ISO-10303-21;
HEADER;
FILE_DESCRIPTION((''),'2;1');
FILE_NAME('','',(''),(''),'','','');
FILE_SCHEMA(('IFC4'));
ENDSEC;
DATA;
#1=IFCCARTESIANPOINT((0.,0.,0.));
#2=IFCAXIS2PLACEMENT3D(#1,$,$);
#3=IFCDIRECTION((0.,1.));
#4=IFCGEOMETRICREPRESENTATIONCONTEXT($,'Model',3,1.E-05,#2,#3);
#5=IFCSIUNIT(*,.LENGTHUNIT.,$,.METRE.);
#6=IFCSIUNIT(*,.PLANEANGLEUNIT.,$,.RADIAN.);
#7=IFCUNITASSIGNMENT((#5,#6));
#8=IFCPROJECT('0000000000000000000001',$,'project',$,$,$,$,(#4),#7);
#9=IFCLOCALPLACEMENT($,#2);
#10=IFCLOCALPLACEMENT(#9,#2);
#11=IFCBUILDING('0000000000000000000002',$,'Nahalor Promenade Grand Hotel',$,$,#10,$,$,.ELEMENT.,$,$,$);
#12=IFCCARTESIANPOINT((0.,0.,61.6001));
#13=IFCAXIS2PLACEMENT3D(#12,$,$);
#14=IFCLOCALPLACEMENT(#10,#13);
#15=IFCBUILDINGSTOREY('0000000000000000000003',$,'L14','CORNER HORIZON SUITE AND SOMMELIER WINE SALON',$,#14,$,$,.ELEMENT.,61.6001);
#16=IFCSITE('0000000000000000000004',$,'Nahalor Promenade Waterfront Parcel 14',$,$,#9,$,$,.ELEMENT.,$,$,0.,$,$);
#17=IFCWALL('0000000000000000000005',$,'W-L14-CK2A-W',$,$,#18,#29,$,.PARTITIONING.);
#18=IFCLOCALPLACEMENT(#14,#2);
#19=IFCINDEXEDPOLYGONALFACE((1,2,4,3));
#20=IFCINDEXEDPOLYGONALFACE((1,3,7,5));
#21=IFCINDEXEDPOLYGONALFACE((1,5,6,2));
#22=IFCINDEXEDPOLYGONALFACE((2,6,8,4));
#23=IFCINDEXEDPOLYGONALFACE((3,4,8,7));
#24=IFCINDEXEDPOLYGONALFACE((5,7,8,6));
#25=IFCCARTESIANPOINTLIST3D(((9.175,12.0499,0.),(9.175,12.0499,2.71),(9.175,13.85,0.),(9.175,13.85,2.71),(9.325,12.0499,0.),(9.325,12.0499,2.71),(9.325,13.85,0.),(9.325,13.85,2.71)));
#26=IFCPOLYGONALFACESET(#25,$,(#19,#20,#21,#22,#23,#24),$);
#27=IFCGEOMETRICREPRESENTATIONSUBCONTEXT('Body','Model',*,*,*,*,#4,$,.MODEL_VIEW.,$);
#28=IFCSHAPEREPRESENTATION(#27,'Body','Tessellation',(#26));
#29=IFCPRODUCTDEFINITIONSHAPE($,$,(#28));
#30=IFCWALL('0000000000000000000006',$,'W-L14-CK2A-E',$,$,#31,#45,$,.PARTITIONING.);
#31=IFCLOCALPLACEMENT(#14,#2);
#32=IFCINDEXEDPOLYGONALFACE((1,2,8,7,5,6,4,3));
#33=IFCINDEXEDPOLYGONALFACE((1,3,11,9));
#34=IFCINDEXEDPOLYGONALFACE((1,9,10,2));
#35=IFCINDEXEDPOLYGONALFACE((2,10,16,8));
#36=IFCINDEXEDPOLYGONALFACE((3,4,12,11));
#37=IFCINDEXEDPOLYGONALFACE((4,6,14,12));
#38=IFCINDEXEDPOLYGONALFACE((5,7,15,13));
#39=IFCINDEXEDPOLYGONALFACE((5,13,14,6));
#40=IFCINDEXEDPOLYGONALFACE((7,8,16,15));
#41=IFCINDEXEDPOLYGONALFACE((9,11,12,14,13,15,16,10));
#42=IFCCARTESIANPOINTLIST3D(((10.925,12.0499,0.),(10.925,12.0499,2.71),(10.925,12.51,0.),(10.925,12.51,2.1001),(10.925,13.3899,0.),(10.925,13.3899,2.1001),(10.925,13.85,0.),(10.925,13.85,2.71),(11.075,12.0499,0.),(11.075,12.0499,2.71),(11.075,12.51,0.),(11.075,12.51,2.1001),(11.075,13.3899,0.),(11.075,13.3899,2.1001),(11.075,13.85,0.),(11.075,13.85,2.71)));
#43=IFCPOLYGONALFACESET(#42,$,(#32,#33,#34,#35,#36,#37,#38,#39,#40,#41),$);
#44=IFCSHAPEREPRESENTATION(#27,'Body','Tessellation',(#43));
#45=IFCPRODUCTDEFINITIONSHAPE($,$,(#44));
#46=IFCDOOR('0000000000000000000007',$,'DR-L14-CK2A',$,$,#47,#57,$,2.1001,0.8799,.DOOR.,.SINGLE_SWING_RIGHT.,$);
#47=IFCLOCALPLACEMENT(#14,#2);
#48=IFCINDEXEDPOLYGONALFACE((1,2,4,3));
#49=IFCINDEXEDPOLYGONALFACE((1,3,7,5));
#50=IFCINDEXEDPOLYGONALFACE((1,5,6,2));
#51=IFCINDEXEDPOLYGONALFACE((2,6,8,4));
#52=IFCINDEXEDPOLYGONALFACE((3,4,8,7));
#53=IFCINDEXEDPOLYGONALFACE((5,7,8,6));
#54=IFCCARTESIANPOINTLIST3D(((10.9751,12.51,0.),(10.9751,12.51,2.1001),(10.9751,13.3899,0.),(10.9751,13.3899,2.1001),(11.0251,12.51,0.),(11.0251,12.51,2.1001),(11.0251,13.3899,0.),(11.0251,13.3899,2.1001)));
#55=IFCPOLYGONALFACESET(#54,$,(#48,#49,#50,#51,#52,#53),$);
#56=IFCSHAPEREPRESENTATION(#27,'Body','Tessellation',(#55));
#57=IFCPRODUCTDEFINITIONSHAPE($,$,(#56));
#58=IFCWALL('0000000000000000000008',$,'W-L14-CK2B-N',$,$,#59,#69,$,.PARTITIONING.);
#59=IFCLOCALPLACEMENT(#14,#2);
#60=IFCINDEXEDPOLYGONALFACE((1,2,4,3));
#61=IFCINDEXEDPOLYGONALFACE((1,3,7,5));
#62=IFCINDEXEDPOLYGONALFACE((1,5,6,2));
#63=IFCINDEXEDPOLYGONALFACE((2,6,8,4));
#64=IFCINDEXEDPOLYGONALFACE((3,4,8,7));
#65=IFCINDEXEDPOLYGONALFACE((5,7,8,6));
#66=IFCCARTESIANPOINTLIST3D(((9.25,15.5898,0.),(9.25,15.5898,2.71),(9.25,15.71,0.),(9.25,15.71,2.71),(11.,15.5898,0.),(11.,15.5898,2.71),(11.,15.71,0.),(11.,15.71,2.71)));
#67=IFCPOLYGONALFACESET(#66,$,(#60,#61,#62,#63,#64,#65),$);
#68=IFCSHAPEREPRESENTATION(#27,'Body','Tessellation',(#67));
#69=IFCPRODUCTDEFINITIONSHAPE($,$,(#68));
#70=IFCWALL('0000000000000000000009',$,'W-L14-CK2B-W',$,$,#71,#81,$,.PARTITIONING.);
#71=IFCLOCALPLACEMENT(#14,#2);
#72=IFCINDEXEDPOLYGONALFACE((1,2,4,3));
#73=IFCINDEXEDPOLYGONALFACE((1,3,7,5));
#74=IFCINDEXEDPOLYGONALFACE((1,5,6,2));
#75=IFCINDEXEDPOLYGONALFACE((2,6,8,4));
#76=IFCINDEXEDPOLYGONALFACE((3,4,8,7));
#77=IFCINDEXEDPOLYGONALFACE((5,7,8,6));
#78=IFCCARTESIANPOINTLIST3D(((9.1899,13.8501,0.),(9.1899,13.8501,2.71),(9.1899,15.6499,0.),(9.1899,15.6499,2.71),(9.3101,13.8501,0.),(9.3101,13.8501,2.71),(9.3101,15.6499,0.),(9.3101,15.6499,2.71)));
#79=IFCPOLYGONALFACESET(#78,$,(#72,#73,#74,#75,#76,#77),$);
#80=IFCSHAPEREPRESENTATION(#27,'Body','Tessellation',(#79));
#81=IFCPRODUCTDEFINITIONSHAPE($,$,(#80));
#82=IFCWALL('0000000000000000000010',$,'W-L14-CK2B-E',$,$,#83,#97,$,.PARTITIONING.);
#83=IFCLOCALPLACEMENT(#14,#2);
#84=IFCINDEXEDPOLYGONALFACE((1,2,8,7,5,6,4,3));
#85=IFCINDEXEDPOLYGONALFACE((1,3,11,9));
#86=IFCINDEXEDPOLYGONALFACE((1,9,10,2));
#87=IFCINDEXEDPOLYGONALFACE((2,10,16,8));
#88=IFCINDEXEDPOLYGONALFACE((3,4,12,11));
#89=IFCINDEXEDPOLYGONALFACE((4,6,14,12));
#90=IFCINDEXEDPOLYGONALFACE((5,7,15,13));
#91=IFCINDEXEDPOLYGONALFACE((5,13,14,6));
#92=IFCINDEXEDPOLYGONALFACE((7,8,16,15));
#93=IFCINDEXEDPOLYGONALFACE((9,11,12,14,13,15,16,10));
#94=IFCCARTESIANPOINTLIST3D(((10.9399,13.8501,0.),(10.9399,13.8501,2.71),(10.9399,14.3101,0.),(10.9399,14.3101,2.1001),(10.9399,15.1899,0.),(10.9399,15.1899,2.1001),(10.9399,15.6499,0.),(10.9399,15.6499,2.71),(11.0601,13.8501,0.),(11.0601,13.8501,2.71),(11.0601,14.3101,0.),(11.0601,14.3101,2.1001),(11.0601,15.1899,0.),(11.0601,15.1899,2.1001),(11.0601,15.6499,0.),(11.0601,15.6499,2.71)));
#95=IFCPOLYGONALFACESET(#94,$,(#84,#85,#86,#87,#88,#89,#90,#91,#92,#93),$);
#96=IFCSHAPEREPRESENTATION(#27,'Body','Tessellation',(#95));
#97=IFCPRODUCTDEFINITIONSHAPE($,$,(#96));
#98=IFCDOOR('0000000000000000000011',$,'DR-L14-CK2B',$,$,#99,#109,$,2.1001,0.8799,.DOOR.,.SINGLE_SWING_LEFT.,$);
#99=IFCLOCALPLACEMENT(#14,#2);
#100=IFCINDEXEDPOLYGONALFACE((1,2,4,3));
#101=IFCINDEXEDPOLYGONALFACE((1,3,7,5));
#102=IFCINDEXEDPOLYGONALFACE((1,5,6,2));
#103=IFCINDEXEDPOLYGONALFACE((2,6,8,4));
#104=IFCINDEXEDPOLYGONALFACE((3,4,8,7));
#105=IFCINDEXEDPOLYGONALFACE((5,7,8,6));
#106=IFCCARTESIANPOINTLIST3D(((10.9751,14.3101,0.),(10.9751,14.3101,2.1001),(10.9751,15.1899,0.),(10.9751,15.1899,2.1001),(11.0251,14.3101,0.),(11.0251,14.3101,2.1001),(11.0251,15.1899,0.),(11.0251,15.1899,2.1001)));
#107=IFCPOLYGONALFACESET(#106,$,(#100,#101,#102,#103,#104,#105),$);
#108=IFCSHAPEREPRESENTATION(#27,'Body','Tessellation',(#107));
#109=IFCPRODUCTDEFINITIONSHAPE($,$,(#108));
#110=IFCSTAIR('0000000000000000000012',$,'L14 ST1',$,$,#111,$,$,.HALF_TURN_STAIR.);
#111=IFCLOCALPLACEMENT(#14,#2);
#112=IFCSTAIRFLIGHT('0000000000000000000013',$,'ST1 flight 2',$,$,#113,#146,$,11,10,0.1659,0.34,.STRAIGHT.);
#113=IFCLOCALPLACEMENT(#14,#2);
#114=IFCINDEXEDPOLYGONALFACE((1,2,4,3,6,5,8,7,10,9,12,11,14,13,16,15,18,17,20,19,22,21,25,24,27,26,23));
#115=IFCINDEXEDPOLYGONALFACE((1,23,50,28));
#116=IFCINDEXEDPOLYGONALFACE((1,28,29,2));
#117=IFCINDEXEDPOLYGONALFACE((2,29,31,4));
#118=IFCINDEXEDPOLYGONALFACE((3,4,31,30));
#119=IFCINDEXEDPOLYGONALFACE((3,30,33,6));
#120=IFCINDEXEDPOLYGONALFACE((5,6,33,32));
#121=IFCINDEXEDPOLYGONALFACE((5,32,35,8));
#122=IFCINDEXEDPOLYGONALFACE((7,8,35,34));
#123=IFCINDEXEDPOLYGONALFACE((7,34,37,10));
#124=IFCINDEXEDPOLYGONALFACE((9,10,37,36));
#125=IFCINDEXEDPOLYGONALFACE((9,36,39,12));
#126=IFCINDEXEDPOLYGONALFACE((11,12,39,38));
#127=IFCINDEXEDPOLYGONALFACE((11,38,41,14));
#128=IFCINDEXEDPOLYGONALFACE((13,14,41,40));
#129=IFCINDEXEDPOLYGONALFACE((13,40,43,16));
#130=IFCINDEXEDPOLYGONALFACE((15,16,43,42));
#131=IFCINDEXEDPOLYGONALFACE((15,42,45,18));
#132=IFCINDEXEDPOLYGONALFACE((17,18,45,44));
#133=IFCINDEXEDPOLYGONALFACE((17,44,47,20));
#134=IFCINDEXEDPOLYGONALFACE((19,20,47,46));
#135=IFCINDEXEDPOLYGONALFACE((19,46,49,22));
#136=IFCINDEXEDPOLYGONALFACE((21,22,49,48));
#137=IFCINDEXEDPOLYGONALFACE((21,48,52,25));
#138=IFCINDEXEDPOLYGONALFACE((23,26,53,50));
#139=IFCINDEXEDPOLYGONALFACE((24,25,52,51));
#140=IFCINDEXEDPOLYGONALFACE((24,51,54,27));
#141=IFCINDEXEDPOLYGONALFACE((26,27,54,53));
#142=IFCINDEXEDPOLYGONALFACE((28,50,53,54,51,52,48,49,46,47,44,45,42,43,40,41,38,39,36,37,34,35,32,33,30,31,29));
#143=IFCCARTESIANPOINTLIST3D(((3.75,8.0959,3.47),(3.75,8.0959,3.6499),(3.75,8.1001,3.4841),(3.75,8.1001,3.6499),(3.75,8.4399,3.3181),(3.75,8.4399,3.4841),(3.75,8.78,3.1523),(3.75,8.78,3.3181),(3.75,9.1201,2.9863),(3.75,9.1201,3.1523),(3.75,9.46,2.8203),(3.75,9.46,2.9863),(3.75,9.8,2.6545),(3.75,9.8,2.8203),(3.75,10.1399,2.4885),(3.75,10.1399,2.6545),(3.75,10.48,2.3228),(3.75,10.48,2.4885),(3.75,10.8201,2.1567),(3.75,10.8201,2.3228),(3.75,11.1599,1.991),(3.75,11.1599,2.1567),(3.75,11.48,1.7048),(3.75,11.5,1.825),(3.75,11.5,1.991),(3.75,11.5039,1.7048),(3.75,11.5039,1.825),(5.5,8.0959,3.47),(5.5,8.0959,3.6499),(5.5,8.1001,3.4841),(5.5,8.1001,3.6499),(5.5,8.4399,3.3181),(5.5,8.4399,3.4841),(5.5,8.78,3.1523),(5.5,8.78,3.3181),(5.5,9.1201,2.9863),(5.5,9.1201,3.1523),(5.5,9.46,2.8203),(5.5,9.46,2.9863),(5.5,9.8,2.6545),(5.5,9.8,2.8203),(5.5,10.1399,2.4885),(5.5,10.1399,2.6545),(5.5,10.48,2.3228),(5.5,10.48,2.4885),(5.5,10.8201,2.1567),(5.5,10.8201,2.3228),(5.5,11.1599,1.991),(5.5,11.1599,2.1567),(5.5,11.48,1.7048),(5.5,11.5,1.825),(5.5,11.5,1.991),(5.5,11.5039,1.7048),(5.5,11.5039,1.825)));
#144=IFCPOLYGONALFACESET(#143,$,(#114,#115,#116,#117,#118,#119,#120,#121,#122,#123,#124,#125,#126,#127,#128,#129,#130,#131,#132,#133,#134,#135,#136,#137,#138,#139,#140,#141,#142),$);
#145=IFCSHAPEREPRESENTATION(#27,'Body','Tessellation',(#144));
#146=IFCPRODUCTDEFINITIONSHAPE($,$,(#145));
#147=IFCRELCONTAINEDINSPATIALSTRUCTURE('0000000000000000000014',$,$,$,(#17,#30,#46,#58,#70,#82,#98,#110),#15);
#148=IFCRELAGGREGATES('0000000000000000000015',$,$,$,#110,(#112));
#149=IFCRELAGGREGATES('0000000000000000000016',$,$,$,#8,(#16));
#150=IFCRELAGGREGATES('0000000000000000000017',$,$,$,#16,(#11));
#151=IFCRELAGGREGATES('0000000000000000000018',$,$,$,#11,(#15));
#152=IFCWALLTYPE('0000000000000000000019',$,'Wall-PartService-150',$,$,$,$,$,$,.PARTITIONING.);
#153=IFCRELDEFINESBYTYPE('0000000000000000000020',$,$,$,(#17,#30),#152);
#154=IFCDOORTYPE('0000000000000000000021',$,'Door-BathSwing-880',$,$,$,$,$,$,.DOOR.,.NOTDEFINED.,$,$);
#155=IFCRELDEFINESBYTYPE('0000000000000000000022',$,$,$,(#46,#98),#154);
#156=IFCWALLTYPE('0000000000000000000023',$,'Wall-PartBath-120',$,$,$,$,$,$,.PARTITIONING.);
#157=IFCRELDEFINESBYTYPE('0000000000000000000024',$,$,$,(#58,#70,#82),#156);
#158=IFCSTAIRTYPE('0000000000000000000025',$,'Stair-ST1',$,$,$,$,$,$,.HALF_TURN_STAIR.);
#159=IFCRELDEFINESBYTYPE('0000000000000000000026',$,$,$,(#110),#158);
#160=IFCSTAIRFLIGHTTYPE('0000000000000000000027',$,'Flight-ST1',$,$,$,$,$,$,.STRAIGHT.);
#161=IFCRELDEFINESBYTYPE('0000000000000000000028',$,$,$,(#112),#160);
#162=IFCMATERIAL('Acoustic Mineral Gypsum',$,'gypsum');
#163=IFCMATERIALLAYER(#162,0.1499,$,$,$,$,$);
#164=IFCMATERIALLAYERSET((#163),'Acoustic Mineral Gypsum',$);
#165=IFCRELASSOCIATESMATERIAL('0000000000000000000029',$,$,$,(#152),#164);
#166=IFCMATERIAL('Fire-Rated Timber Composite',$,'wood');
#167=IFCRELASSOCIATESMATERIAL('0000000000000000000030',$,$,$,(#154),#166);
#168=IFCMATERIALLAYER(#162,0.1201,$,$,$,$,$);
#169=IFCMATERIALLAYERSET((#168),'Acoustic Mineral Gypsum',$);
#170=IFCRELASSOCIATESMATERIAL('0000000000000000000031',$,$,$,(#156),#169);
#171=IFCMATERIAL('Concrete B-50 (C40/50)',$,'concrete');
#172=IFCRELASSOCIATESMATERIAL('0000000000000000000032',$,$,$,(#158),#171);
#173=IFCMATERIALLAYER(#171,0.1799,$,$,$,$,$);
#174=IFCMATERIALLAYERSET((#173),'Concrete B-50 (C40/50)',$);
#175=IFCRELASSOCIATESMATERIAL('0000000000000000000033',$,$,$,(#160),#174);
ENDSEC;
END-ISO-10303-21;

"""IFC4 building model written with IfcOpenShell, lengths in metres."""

from ifc_helpers import new_model, si_unit, direction, frame, frame_2d, origin, place, context, subcontext, project, spatial, polyline, rectangle, outline, extrude, source, transform, mapped, material, layer, layer_set, type_object, element, fill, aggregate, save


model = new_model("IFC4")

# Units and contexts
model_context = context("Model", 3, precision=1e-05, world=origin(), true_north=direction((0.0, 1.0)))
body_context = subcontext(model_context, "Body", "Model", "MODEL_VIEW")
ifc_project = project(units=[si_unit("LENGTHUNIT", "METRE"), si_unit("PLANEANGLEUNIT", "RADIAN")], contexts=[model_context])

# Site, building, storey
site_placement = place(None, origin())
site = spatial("IfcSite", under=ifc_project, at=site_placement, Name="Nahalor Promenade Waterfront Parcel 14", CompositionType="ELEMENT", RefElevation=0.0)
building_placement = place(site_placement, origin())
building = spatial("IfcBuilding", under=site, at=building_placement, Name="Nahalor Promenade Grand Hotel", CompositionType="ELEMENT")
storey_placement = place(building_placement, frame((0.0, 0.0, 61.6001)))
storey = spatial("IfcBuildingStorey", under=building, at=storey_placement, Name="L14", Description="CORNER HORIZON SUITE AND SOMMELIER WINE SALON", CompositionType="ELEMENT", Elevation=61.6001)

# Wall
ifc_material_1 = material(Name="Concrete B-50 (C40/50)", Category="concrete")
ifc_material_2 = material(Name="Acoustic Mineral Gypsum", Category="gypsum")
ifc_layer_1 = layer(ifc_material_2, 0.1499)
ifc_layer_set_1 = layer_set([ifc_layer_1], Name="Acoustic Mineral Gypsum")
wall_type_1 = type_object("IfcWallType", Name="Wall-PartService-150", PredefinedType="PARTITIONING", material=ifc_layer_set_1)
shared_shape_1 = source(origin(), body_context, "Body", "SweptSolid", [
    extrude(rectangle(XDim=1.8, YDim=0.1499, at=frame_2d((0.8999, 0.0))), origin(), (0.0, 0.0, 1.0), 2.71),
])
wall_1_placement = place(storey_placement, frame((9.25, 12.05, 0.0), z_axis=(0.0, 0.0, 1.0), x_axis=(0.0, 1.0, 0.0)))
element("IfcWall", 1, at=wall_1_placement, inside=storey, type_object=wall_type_1, Name="W-L14-CK2A-W", PredefinedType="PARTITIONING", context=body_context, shape_type="MappedRepresentation", body=[
    mapped(shared_shape_1, transform((0.0, 0.0, 0.0), scale=1.0)),
])

# Wall, opening, door
wall_2_placement = place(storey_placement, frame((11.0, 12.05, 0.0), z_axis=(0.0, 0.0, 1.0), x_axis=(0.0, 1.0, 0.0)))
wall_2 = element("IfcWall", 2, at=wall_2_placement, inside=storey, type_object=wall_type_1, Name="W-L14-CK2A-E", PredefinedType="PARTITIONING", context=body_context, shape_type="MappedRepresentation", body=[
    mapped(shared_shape_1, transform((0.0, 0.0, 0.0), scale=1.0)),
])
opening_1_placement = place(wall_2_placement, frame((0.46, 0.0, 0.0)))
opening_1 = element("IfcOpeningElement", 3, at=opening_1_placement, cuts=wall_2, PredefinedType="OPENING", context=body_context, shape_type="SweptSolid", body=[
    extrude(rectangle(XDim=0.8799, YDim=2.1001, at=frame_2d((0.4399, 1.05))), frame((0.0, 0.085, 0.0), z_axis=(0.0, -1.0, 0.0), x_axis=(1.0, 0.0, 0.0)), (0.0, 0.0, 1.0), 0.1699),
])
ifc_material_3 = material(Name="Fire-Rated Timber Composite", Category="wood")
door_type = type_object("IfcDoorType", Name="Door-BathSwing-880", OperationType="NOTDEFINED", PredefinedType="DOOR", material=ifc_material_3)
shared_shape_2 = source(origin(), body_context, "Body", "SweptSolid", [
    extrude(rectangle(XDim=0.8799, YDim=2.1001, at=frame_2d((0.4399, 1.05))), frame((0.0, 0.0249, 0.0), z_axis=(0.0, -1.0, 0.0), x_axis=(1.0, 0.0, 0.0)), (0.0, 0.0, 1.0), 0.05),
])
door_1_placement = place(opening_1_placement, origin())
door_1 = element("IfcDoor", 4, at=door_1_placement, inside=storey, type_object=door_type, Name="DR-L14-CK2A", OperationType="SINGLE_SWING_RIGHT", OverallHeight=2.1001, OverallWidth=0.8799, PredefinedType="DOOR", context=body_context, shape_type="MappedRepresentation", body=[
    mapped(shared_shape_2, transform((0.0, 0.0, 0.0), scale=1.0)),
])
fill(opening_1, door_1)

# Walls
ifc_layer_2 = layer(ifc_material_2, 0.1201)
ifc_layer_set_2 = layer_set([ifc_layer_2], Name="Acoustic Mineral Gypsum")
wall_type_2 = type_object("IfcWallType", Name="Wall-PartBath-120", PredefinedType="PARTITIONING", material=ifc_layer_set_2)
shared_shape_3 = source(origin(), body_context, "Body", "SweptSolid", [
    extrude(rectangle(XDim=1.75, YDim=0.1201, at=frame_2d((0.875, 0.0))), origin(), (0.0, 0.0, 1.0), 2.71),
])
wall_3_placement = place(storey_placement, frame((9.25, 15.6499, 0.0), z_axis=(0.0, 0.0, 1.0), x_axis=(1.0, 0.0, 0.0)))
element("IfcWall", 5, at=wall_3_placement, inside=storey, type_object=wall_type_2, Name="W-L14-CK2B-N", PredefinedType="PARTITIONING", context=body_context, shape_type="MappedRepresentation", body=[
    mapped(shared_shape_3, transform((0.0, 0.0, 0.0), scale=1.0)),
])
shared_shape_4 = source(origin(), body_context, "Body", "SweptSolid", [
    extrude(rectangle(XDim=1.7998, YDim=0.1201, at=frame_2d((0.8999, 0.0))), origin(), (0.0, 0.0, 1.0), 2.71),
])
wall_4_placement = place(storey_placement, frame((9.25, 13.8501, 0.0), z_axis=(0.0, 0.0, 1.0), x_axis=(0.0, 1.0, 0.0)))
element("IfcWall", 6, at=wall_4_placement, inside=storey, type_object=wall_type_2, Name="W-L14-CK2B-W", PredefinedType="PARTITIONING", context=body_context, shape_type="MappedRepresentation", body=[
    mapped(shared_shape_4, transform((0.0, 0.0, 0.0), scale=1.0)),
])

# Wall, opening, door
wall_5_placement = place(storey_placement, frame((11.0, 13.8501, 0.0), z_axis=(0.0, 0.0, 1.0), x_axis=(0.0, 1.0, 0.0)))
wall_5 = element("IfcWall", 7, at=wall_5_placement, inside=storey, type_object=wall_type_2, Name="W-L14-CK2B-E", PredefinedType="PARTITIONING", context=body_context, shape_type="MappedRepresentation", body=[
    mapped(shared_shape_4, transform((0.0, 0.0, 0.0), scale=1.0)),
])
opening_2_placement = place(wall_5_placement, frame((0.46, 0.0, 0.0)))
opening_2 = element("IfcOpeningElement", 8, at=opening_2_placement, cuts=wall_5, PredefinedType="OPENING", context=body_context, shape_type="SweptSolid", body=[
    extrude(rectangle(XDim=0.8799, YDim=2.1001, at=frame_2d((0.4399, 1.05))), frame((0.0, 0.0701, 0.0), z_axis=(0.0, -1.0, 0.0), x_axis=(1.0, 0.0, 0.0)), (0.0, 0.0, 1.0), 0.1401),
])
door_2_placement = place(opening_2_placement, origin())
door_2 = element("IfcDoor", 9, at=door_2_placement, inside=storey, type_object=door_type, Name="DR-L14-CK2B", OperationType="SINGLE_SWING_LEFT", OverallHeight=2.1001, OverallWidth=0.8799, PredefinedType="DOOR", context=body_context, shape_type="MappedRepresentation", body=[
    mapped(shared_shape_2, transform((0.0, 0.0, 0.0), scale=1.0)),
])
fill(opening_2, door_2)

# Stair, stair flight
stair_type = type_object("IfcStairType", Name="Stair-ST1", PredefinedType="HALF_TURN_STAIR", material=ifc_material_1)
stair_placement = place(storey_placement, origin())
stair = element("IfcStair", 10, at=stair_placement, inside=storey, type_object=stair_type, Name="L14 ST1", PredefinedType="HALF_TURN_STAIR")
ifc_layer_3 = layer(ifc_material_1, 0.1799)
ifc_layer_set_3 = layer_set([ifc_layer_3], Name="Concrete B-50 (C40/50)")
stair_flight_type = type_object("IfcStairFlightType", Name="Flight-ST1", PredefinedType="STRAIGHT", material=ifc_layer_set_3)
shared_shape_5 = source(origin(), body_context, "Body", "SweptSolid", [
    extrude(outline(polyline([(-0.0039, -0.1201), (-0.0039, 0.0), (0.0, 0.0), (0.0, 0.166), (0.3401, 0.166), (0.3401, 0.3318), (0.6799, 0.3318), (0.6799, 0.4978), (1.02, 0.4978), (1.02, 0.6636), (1.3601, 0.6636), (1.3601, 0.8296), (1.7, 0.8296), (1.7, 0.9954), (2.04, 0.9954), (2.04, 1.1614), (2.3799, 1.1614), (2.3799, 1.3274), (2.72, 1.3274), (2.72, 1.4932), (3.0601, 1.4932), (3.0601, 1.6592), (3.3999, 1.6592), (3.3999, 1.825), (3.4041, 1.825), (3.4041, 1.645), (0.02, -0.1201), (-0.0039, -0.1201)])), frame((0.0, 0.875, 0.0), z_axis=(0.0, -1.0, 0.0), x_axis=(1.0, 0.0, 0.0)), (0.0, 0.0, 1.0), 1.75),
])
stair_flight_placement = place(storey_placement, frame((4.625, 11.5, 1.825), z_axis=(0.0, 0.0, 1.0), x_axis=(0.0, -1.0, 0.0)))
stair_flight = element("IfcStairFlight", 11, at=stair_flight_placement, type_object=stair_flight_type, Name="ST1 flight 2", NumberOfRisers=11, NumberOfTreads=10, PredefinedType="STRAIGHT", RiserHeight=0.1659, TreadLength=0.34, context=body_context, shape_type="MappedRepresentation", body=[
    mapped(shared_shape_5, transform((0.0, 0.0, 0.0), scale=1.0)),
])
aggregate(stair, [stair_flight])

save(model, "model.ifc")
